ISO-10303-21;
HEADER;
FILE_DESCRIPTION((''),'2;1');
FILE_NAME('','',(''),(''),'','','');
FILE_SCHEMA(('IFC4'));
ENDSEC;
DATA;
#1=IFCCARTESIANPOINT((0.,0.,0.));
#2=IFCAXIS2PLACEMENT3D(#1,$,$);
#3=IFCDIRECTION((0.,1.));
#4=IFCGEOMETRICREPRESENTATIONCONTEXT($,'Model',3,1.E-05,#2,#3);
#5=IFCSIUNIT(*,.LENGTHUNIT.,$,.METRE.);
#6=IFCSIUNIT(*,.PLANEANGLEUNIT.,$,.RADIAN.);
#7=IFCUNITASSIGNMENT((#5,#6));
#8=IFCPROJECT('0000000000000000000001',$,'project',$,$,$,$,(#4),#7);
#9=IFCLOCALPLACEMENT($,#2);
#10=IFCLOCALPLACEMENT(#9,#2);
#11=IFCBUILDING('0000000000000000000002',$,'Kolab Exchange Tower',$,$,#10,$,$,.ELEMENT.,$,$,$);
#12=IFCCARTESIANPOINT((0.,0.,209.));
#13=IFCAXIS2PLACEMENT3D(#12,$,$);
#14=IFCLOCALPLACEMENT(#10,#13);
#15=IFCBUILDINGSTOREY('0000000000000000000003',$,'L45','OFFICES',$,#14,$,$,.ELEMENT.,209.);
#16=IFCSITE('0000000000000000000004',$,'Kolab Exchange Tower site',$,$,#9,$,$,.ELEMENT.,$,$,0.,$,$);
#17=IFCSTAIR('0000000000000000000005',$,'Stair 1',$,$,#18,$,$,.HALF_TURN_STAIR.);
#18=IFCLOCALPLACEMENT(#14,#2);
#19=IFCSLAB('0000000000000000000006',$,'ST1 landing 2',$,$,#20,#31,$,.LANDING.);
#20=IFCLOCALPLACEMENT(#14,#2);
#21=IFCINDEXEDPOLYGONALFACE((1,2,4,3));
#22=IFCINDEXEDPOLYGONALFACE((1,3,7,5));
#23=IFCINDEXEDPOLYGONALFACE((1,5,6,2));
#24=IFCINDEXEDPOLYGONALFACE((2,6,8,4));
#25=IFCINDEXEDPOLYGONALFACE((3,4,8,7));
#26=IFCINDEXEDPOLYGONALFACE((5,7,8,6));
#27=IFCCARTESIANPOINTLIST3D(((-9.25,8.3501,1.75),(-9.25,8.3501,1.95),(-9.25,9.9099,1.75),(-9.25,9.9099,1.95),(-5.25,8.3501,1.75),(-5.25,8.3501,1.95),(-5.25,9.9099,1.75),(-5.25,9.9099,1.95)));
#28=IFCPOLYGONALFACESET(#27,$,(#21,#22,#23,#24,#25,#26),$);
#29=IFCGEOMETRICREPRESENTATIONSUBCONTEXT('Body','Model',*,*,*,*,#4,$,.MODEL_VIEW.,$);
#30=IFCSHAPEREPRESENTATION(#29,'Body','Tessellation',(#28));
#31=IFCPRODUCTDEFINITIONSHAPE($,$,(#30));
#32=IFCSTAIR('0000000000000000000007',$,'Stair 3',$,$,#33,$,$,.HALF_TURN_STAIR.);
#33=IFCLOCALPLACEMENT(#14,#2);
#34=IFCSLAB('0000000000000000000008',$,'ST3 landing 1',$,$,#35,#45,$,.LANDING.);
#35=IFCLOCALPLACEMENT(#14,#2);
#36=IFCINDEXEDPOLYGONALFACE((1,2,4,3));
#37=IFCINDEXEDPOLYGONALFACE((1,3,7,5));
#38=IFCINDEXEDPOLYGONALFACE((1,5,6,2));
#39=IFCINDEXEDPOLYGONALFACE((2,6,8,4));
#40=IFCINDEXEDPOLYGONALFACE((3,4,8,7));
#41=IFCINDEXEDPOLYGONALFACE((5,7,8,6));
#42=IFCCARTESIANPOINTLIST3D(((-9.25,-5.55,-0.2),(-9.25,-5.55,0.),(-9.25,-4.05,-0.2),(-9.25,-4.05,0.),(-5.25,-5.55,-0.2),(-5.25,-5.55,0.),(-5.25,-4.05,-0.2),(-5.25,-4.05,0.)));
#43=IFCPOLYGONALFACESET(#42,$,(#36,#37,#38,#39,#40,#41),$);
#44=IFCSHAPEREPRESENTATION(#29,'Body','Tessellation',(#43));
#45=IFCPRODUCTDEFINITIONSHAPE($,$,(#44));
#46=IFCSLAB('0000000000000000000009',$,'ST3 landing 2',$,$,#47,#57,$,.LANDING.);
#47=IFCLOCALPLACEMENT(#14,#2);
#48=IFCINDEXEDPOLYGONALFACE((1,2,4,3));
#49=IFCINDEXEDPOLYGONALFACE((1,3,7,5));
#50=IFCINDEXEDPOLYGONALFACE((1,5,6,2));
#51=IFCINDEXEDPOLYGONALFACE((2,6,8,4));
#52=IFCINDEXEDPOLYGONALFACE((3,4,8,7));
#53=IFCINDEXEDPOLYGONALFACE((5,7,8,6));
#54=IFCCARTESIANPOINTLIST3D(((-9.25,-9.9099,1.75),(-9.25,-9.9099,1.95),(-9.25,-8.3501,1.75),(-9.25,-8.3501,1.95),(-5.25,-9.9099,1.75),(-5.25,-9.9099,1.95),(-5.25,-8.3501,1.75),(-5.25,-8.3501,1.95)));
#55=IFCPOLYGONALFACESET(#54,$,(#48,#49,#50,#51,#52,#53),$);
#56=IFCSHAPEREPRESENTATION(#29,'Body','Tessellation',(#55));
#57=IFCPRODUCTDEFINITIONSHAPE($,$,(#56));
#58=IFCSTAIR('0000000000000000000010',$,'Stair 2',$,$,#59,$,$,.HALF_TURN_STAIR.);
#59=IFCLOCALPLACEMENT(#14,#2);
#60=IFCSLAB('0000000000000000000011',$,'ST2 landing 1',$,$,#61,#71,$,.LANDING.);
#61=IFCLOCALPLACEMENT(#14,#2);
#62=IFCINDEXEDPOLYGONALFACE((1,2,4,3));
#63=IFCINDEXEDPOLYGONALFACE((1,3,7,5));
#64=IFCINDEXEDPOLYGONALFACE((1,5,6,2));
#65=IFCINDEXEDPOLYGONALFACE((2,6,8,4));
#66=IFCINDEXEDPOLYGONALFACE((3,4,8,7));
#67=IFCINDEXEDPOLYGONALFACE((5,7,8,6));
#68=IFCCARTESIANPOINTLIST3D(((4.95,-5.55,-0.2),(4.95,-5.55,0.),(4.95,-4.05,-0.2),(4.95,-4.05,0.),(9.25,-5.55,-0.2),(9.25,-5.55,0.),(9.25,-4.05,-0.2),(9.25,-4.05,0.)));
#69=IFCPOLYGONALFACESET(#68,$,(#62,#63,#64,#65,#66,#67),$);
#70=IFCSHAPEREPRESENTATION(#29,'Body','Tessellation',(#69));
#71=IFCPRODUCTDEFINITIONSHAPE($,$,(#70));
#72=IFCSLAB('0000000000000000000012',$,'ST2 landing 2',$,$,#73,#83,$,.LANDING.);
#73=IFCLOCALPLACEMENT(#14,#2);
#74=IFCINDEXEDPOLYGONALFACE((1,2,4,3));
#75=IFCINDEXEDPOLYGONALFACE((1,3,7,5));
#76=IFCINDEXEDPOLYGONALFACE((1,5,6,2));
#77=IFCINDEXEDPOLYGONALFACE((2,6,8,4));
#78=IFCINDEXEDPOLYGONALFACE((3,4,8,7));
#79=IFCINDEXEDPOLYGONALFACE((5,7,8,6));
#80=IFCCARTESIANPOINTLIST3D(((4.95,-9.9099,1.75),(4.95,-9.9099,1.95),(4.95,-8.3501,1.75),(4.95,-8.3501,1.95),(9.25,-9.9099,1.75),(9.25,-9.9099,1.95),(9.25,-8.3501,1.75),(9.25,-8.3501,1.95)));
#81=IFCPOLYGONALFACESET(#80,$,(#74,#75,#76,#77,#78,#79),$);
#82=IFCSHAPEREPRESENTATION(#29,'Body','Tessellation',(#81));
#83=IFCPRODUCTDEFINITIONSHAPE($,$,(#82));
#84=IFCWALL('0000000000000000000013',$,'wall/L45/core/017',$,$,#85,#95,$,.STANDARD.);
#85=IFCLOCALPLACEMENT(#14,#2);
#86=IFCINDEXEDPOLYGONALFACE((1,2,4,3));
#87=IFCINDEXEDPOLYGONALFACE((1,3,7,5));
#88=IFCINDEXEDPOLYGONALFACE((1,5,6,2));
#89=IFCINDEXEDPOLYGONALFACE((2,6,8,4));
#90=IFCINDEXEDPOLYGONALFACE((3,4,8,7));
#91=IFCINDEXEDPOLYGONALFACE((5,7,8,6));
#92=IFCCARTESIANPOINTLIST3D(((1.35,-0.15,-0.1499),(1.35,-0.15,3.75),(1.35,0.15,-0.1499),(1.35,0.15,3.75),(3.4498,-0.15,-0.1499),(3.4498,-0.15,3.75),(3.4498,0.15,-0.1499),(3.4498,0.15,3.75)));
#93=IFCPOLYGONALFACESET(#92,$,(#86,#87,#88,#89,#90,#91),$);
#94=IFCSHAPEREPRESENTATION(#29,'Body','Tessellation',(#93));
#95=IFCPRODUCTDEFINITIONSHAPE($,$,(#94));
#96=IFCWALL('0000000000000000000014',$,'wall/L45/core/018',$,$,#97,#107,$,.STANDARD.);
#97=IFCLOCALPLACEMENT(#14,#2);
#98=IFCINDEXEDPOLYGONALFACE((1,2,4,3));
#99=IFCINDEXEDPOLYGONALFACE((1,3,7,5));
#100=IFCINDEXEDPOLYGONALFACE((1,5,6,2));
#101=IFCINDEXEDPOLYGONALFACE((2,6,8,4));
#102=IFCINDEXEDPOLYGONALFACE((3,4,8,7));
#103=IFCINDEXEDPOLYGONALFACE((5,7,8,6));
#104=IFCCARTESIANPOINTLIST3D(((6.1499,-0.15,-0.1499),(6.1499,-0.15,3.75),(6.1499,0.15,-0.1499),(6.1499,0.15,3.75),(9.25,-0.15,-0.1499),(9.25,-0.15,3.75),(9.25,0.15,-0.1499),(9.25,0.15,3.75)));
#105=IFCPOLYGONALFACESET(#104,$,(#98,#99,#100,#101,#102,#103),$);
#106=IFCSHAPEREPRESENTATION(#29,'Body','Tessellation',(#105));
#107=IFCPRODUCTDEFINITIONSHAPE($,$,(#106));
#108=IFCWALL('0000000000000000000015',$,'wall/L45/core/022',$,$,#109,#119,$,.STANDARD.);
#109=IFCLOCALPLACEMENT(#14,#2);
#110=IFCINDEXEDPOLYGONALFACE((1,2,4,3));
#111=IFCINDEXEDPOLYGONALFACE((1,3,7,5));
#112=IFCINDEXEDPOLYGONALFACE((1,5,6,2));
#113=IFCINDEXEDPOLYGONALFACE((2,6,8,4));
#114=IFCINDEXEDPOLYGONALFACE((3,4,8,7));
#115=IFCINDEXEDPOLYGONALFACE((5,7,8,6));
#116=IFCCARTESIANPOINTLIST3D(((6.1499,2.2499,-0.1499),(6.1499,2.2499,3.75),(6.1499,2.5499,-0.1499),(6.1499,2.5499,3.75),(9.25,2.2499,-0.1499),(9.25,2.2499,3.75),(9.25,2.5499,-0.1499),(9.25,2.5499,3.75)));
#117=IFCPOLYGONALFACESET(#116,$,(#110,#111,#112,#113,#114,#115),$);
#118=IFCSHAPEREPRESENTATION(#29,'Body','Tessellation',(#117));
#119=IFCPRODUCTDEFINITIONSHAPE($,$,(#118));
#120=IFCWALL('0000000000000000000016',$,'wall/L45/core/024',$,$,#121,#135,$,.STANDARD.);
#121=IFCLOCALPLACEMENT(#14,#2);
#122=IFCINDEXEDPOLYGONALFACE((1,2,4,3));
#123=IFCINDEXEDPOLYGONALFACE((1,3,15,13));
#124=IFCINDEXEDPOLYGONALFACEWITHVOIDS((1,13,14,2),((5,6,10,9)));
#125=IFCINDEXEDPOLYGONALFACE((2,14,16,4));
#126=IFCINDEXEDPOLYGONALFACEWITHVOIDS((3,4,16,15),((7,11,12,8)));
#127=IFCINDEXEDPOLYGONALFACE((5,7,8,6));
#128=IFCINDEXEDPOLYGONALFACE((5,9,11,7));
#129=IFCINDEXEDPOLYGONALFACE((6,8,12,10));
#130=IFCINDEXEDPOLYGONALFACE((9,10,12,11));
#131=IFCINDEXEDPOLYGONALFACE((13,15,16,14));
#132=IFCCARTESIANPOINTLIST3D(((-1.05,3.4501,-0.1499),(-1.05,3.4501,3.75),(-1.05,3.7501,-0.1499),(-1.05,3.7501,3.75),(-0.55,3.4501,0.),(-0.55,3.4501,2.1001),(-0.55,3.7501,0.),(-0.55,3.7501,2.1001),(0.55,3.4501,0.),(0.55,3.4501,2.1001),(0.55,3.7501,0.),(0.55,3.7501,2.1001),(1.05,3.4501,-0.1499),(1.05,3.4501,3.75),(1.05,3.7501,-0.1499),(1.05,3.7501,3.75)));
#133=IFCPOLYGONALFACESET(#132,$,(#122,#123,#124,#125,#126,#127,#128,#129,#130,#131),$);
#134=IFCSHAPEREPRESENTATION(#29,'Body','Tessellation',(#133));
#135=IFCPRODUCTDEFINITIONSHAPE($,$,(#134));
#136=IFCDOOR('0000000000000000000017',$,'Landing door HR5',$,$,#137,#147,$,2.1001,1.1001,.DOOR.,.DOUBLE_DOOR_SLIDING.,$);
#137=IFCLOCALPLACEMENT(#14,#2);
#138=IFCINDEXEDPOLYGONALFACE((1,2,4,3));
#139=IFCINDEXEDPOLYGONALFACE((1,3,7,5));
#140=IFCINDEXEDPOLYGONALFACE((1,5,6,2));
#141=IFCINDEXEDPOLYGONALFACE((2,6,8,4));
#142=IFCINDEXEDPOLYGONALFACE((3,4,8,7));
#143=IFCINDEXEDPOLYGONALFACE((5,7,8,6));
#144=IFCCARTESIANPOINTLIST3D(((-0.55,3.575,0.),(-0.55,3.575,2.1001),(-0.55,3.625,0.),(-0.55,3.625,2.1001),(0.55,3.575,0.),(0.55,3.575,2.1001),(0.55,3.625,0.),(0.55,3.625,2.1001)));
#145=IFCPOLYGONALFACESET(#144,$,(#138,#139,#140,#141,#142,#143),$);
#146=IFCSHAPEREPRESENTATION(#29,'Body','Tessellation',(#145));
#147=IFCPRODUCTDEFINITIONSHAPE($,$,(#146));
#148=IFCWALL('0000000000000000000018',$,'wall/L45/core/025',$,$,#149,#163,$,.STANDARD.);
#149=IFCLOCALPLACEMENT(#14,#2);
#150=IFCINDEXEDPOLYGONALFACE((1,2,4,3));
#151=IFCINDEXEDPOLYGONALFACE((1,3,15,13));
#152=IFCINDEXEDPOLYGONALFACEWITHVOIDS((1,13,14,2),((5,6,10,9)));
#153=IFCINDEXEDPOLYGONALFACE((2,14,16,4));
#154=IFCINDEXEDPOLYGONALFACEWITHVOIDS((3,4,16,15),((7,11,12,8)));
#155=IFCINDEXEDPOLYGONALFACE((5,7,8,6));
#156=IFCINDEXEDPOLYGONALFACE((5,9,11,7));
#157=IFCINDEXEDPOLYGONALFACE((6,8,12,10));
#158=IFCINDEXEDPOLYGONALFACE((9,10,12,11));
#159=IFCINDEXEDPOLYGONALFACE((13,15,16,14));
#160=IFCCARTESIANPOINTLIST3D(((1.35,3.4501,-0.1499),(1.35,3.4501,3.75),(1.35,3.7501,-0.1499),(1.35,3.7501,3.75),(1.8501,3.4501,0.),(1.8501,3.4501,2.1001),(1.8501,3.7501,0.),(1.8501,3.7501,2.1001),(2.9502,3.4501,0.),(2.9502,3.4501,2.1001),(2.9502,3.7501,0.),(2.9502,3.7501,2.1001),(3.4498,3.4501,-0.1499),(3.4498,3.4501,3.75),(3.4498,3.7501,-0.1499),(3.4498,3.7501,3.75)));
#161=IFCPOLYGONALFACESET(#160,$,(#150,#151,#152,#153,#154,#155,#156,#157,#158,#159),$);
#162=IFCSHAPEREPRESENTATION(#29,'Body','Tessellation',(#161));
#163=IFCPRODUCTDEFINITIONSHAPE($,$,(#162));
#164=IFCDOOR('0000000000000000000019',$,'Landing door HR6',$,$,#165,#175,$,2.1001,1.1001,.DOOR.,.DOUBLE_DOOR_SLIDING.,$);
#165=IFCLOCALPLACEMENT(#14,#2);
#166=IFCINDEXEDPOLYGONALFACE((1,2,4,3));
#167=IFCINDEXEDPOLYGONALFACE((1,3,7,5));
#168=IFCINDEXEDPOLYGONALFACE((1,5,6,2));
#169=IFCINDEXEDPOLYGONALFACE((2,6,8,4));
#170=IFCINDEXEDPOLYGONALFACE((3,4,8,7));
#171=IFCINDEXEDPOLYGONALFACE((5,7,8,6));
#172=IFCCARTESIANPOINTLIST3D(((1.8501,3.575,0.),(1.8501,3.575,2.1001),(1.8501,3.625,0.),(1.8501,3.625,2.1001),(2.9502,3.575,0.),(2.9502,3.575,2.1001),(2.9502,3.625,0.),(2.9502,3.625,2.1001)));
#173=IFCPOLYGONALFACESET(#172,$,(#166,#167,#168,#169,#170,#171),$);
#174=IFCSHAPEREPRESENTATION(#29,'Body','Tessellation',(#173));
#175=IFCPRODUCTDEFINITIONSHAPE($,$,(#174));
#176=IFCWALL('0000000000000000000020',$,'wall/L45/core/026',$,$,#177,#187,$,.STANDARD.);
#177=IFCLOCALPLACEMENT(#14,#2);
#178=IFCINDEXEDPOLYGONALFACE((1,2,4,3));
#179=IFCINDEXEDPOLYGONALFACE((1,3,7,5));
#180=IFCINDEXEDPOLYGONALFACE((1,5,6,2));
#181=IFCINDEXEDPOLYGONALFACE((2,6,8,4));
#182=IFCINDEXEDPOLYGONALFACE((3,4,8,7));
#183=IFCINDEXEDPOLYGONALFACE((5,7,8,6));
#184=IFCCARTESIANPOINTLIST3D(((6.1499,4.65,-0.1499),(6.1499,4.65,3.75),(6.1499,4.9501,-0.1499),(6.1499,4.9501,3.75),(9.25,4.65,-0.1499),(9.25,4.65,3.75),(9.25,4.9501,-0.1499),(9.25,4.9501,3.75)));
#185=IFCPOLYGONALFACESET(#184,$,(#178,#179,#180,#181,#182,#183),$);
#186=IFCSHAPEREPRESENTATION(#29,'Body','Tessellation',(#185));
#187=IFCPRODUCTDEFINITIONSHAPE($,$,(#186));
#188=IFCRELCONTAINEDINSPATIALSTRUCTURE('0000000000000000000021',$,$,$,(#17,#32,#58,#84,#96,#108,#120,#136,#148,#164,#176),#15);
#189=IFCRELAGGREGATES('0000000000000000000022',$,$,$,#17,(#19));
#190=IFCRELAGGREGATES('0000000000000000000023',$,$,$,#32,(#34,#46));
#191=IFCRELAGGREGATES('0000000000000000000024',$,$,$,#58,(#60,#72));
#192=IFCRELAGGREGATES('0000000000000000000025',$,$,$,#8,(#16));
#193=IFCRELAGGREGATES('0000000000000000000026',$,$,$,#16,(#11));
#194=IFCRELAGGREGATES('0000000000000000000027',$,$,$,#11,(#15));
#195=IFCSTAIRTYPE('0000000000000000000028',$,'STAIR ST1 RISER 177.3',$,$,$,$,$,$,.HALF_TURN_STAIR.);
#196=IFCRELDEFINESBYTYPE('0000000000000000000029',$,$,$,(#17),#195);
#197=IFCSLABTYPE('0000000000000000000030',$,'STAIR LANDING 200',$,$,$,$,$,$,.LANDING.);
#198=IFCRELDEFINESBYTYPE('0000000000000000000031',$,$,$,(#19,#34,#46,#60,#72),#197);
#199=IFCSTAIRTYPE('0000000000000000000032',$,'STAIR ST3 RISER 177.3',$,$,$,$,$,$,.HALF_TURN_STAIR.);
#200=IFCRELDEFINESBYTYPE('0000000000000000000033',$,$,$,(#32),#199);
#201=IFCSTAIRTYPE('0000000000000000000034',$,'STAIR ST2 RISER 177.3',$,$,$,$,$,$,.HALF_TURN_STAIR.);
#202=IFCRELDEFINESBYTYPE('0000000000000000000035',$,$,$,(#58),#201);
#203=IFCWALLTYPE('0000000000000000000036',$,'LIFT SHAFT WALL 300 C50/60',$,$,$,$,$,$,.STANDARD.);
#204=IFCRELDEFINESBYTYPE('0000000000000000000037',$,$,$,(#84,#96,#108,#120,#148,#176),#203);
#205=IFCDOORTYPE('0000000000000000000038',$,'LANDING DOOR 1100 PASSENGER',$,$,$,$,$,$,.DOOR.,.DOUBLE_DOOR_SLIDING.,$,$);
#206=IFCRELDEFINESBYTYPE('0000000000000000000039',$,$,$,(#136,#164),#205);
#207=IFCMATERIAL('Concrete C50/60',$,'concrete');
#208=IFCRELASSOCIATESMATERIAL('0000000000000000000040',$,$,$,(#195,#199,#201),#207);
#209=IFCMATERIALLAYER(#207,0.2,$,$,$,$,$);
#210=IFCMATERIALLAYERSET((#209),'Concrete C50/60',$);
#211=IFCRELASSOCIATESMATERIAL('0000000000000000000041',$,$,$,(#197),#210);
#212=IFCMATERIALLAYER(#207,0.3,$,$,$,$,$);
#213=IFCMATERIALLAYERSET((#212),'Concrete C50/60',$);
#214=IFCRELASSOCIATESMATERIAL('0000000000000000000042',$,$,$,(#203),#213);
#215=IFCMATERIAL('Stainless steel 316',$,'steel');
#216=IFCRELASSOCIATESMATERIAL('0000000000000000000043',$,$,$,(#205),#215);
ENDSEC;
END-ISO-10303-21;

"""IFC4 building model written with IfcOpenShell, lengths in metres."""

from ifc_helpers import new_model, si_unit, direction, frame, frame_2d, origin, place, context, subcontext, project, spatial, polyline, rectangle, outline, extrude, material, layer, layer_set, type_object, element, fill, aggregate, save


model = new_model("IFC4")

# Units and contexts
model_context = context("Model", 3, precision=1e-05, world=origin(), true_north=direction((0.0, 1.0)))
body_context = subcontext(model_context, "Body", "Model", "MODEL_VIEW")
ifc_project = project(units=[si_unit("LENGTHUNIT", "METRE"), si_unit("PLANEANGLEUNIT", "RADIAN")], contexts=[model_context])

# Site, building, storey
site_placement = place(None, origin())
site = spatial("IfcSite", under=ifc_project, at=site_placement, Name="Kolab Exchange Tower site", CompositionType="ELEMENT", RefElevation=0.0)
building_placement = place(site_placement, origin())
building = spatial("IfcBuilding", under=site, at=building_placement, Name="Kolab Exchange Tower", CompositionType="ELEMENT")
storey_placement = place(building_placement, frame((0.0, 0.0, 209.0)))
storey = spatial("IfcBuildingStorey", under=building, at=storey_placement, Name="L45", Description="OFFICES", CompositionType="ELEMENT", Elevation=209.0)

# Stairs, slabs
ifc_material_1 = material(Name="Concrete C50/60", Category="concrete")
stair_type_1 = type_object("IfcStairType", Name="STAIR ST1 RISER 177.3", PredefinedType="HALF_TURN_STAIR", material=ifc_material_1)
stair_1_placement = place(storey_placement, origin())
stair_1 = element("IfcStair", 1, at=stair_1_placement, inside=storey, type_object=stair_type_1, Name="Stair 1", PredefinedType="HALF_TURN_STAIR")
ifc_layer_1 = layer(ifc_material_1, 0.2)
ifc_layer_set_1 = layer_set([ifc_layer_1], Name="Concrete C50/60")
slab_type_1 = type_object("IfcSlabType", Name="STAIR LANDING 200", PredefinedType="LANDING", material=ifc_layer_set_1)
slab_1_placement = place(storey_placement, frame((0.0, 0.0, 1.75)))
slab_1 = element("IfcSlab", 2, at=slab_1_placement, type_object=slab_type_1, Name="ST1 landing 2", PredefinedType="LANDING", context=body_context, shape_type="SweptSolid", body=[
    extrude(outline(polyline([(-9.25, 8.3501), (-5.25, 8.3501), (-5.25, 9.9099), (-9.25, 9.9099), (-9.25, 8.3501)])), origin(), (0.0, 0.0, 1.0), 0.2),
])
aggregate(stair_1, [slab_1])
stair_type_2 = type_object("IfcStairType", Name="STAIR ST3 RISER 177.3", PredefinedType="HALF_TURN_STAIR", material=ifc_material_1)
stair_2_placement = place(storey_placement, origin())
stair_2 = element("IfcStair", 3, at=stair_2_placement, inside=storey, type_object=stair_type_2, Name="Stair 3", PredefinedType="HALF_TURN_STAIR")
slab_2_placement = place(storey_placement, frame((0.0, 0.0, -0.2)))
slab_2 = element("IfcSlab", 4, at=slab_2_placement, type_object=slab_type_1, Name="ST3 landing 1", PredefinedType="LANDING", context=body_context, shape_type="SweptSolid", body=[
    extrude(outline(polyline([(-9.25, -5.55), (-5.25, -5.55), (-5.25, -4.05), (-9.25, -4.05), (-9.25, -5.55)])), origin(), (0.0, 0.0, 1.0), 0.2),
])
slab_3_placement = place(storey_placement, frame((0.0, 0.0, 1.75)))
slab_3 = element("IfcSlab", 5, at=slab_3_placement, type_object=slab_type_1, Name="ST3 landing 2", PredefinedType="LANDING", context=body_context, shape_type="SweptSolid", body=[
    extrude(outline(polyline([(-9.25, -9.9099), (-5.25, -9.9099), (-5.25, -8.3501), (-9.25, -8.3501), (-9.25, -9.9099)])), origin(), (0.0, 0.0, 1.0), 0.2),
])
aggregate(stair_2, [slab_2, slab_3])
stair_type_3 = type_object("IfcStairType", Name="STAIR ST2 RISER 177.3", PredefinedType="HALF_TURN_STAIR", material=ifc_material_1)
stair_3_placement = place(storey_placement, origin())
stair_3 = element("IfcStair", 6, at=stair_3_placement, inside=storey, type_object=stair_type_3, Name="Stair 2", PredefinedType="HALF_TURN_STAIR")
slab_4_placement = place(storey_placement, frame((0.0, 0.0, -0.2)))
slab_4 = element("IfcSlab", 7, at=slab_4_placement, type_object=slab_type_1, Name="ST2 landing 1", PredefinedType="LANDING", context=body_context, shape_type="SweptSolid", body=[
    extrude(outline(polyline([(4.95, -5.55), (9.25, -5.55), (9.25, -4.05), (4.95, -4.05), (4.95, -5.55)])), origin(), (0.0, 0.0, 1.0), 0.2),
])
slab_5_placement = place(storey_placement, frame((0.0, 0.0, 1.75)))
slab_5 = element("IfcSlab", 8, at=slab_5_placement, type_object=slab_type_1, Name="ST2 landing 2", PredefinedType="LANDING", context=body_context, shape_type="SweptSolid", body=[
    extrude(outline(polyline([(4.95, -9.9099), (9.25, -9.9099), (9.25, -8.3501), (4.95, -8.3501), (4.95, -9.9099)])), origin(), (0.0, 0.0, 1.0), 0.2),
])
aggregate(stair_3, [slab_4, slab_5])

# Walls
ifc_layer_2 = layer(ifc_material_1, 0.3)
ifc_layer_set_2 = layer_set([ifc_layer_2], Name="Concrete C50/60")
wall_type_1 = type_object("IfcWallType", Name="LIFT SHAFT WALL 300 C50/60", PredefinedType="STANDARD", material=ifc_layer_set_2)
wall_1_placement = place(storey_placement, frame((1.3501, 0.0, -0.1499), z_axis=(0.0, 0.0, 1.0), x_axis=(1.0, 0.0, 0.0)))
element("IfcWall", 9, at=wall_1_placement, inside=storey, type_object=wall_type_1, Name="wall/L45/core/017", PredefinedType="STANDARD", context=body_context, shape_type="SweptSolid", body=[
    extrude(rectangle(XDim=2.0999, YDim=0.3, at=frame_2d((1.0498, 0.0))), origin(), (0.0, 0.0, 1.0), 3.8999),
])
for number, where, z_axis, x_axis, name in (
    (10, (6.1499, 0.0, -0.1499), (0.0, 0.0, 1.0), (1.0, 0.0, 0.0), "wall/L45/core/018"),
    (11, (6.1499, 2.3999, -0.1499), (0.0, 0.0, 1.0), (1.0, 0.0, 0.0), "wall/L45/core/022"),
):
    element("IfcWall", number, at=place(storey_placement, frame(where, z_axis=z_axis, x_axis=x_axis)), inside=storey, type_object=wall_type_1, Name=name, PredefinedType="STANDARD", context=body_context, shape_type="SweptSolid", body=[
        extrude(rectangle(XDim=3.1001, YDim=0.3, at=frame_2d((1.55, 0.0))), origin(), (0.0, 0.0, 1.0), 3.8999),
    ])

# Walls, openings, doors
wall_2_placement = place(storey_placement, frame((-1.05, 3.6001, -0.1499), z_axis=(0.0, 0.0, 1.0), x_axis=(1.0, 0.0, 0.0)))
wall_2 = element("IfcWall", 12, at=wall_2_placement, inside=storey, type_object=wall_type_1, Name="wall/L45/core/024", PredefinedType="STANDARD", context=body_context, shape_type="SweptSolid", body=[
    extrude(rectangle(XDim=2.1001, YDim=0.3, at=frame_2d((1.05, 0.0))), origin(), (0.0, 0.0, 1.0), 3.8999),
])
opening_1_placement = place(wall_2_placement, frame((0.5, 0.0, 0.1499)))
opening_1 = element("IfcOpeningElement", 13, at=opening_1_placement, cuts=wall_2, PredefinedType="OPENING", context=body_context, shape_type="SweptSolid", body=[
    extrude(rectangle(XDim=1.1001, YDim=2.1001, at=frame_2d((0.55, 1.05))), frame((0.0, 0.1602, 0.0), z_axis=(0.0, -1.0, 0.0), x_axis=(1.0, 0.0, 0.0)), (0.0, 0.0, 1.0), 0.3201),
])
ifc_material_2 = material(Name="Stainless steel 316", Category="steel")
door_type_1 = type_object("IfcDoorType", Name="LANDING DOOR 1100 PASSENGER", OperationType="DOUBLE_DOOR_SLIDING", PredefinedType="DOOR", material=ifc_material_2)
door_1_placement = place(opening_1_placement, origin())
door_1 = element("IfcDoor", 14, at=door_1_placement, inside=storey, type_object=door_type_1, Name="Landing door HR5", OperationType="DOUBLE_DOOR_SLIDING", OverallHeight=2.1001, OverallWidth=1.1001, PredefinedType="DOOR", context=body_context, shape_type="SweptSolid", body=[
    extrude(rectangle(XDim=1.1001, YDim=2.1001, at=frame_2d((0.55, 1.05))), frame((0.0, 0.0249, 0.0), z_axis=(0.0, -1.0, 0.0), x_axis=(1.0, 0.0, 0.0)), (0.0, 0.0, 1.0), 0.05),
])
fill(opening_1, door_1)
wall_3_placement = place(storey_placement, frame((1.3501, 3.6001, -0.1499), z_axis=(0.0, 0.0, 1.0), x_axis=(1.0, 0.0, 0.0)))
wall_3 = element("IfcWall", 15, at=wall_3_placement, inside=storey, type_object=wall_type_1, Name="wall/L45/core/025", PredefinedType="STANDARD", context=body_context, shape_type="SweptSolid", body=[
    extrude(rectangle(XDim=2.0999, YDim=0.3, at=frame_2d((1.0498, 0.0))), origin(), (0.0, 0.0, 1.0), 3.8999),
])
opening_2_placement = place(wall_3_placement, frame((0.5, 0.0, 0.1499)))
opening_2 = element("IfcOpeningElement", 16, at=opening_2_placement, cuts=wall_3, PredefinedType="OPENING", context=body_context, shape_type="SweptSolid", body=[
    extrude(rectangle(XDim=1.1001, YDim=2.1001, at=frame_2d((0.55, 1.05))), frame((0.0, 0.1602, 0.0), z_axis=(0.0, -1.0, 0.0), x_axis=(1.0, 0.0, 0.0)), (0.0, 0.0, 1.0), 0.3201),
])
door_2_placement = place(opening_2_placement, origin())
door_2 = element("IfcDoor", 17, at=door_2_placement, inside=storey, type_object=door_type_1, Name="Landing door HR6", OperationType="DOUBLE_DOOR_SLIDING", OverallHeight=2.1001, OverallWidth=1.1001, PredefinedType="DOOR", context=body_context, shape_type="SweptSolid", body=[
    extrude(rectangle(XDim=1.1001, YDim=2.1001, at=frame_2d((0.55, 1.05))), frame((0.0, 0.0249, 0.0), z_axis=(0.0, -1.0, 0.0), x_axis=(1.0, 0.0, 0.0)), (0.0, 0.0, 1.0), 0.05),
])
fill(opening_2, door_2)

# Wall
wall_4_placement = place(storey_placement, frame((6.1499, 4.8, -0.1499), z_axis=(0.0, 0.0, 1.0), x_axis=(1.0, 0.0, 0.0)))
element("IfcWall", 18, at=wall_4_placement, inside=storey, type_object=wall_type_1, Name="wall/L45/core/026", PredefinedType="STANDARD", context=body_context, shape_type="SweptSolid", body=[
    extrude(rectangle(XDim=3.1001, YDim=0.3, at=frame_2d((1.55, 0.0))), origin(), (0.0, 0.0, 1.0), 3.8999),
])

save(model, "model.ifc")
